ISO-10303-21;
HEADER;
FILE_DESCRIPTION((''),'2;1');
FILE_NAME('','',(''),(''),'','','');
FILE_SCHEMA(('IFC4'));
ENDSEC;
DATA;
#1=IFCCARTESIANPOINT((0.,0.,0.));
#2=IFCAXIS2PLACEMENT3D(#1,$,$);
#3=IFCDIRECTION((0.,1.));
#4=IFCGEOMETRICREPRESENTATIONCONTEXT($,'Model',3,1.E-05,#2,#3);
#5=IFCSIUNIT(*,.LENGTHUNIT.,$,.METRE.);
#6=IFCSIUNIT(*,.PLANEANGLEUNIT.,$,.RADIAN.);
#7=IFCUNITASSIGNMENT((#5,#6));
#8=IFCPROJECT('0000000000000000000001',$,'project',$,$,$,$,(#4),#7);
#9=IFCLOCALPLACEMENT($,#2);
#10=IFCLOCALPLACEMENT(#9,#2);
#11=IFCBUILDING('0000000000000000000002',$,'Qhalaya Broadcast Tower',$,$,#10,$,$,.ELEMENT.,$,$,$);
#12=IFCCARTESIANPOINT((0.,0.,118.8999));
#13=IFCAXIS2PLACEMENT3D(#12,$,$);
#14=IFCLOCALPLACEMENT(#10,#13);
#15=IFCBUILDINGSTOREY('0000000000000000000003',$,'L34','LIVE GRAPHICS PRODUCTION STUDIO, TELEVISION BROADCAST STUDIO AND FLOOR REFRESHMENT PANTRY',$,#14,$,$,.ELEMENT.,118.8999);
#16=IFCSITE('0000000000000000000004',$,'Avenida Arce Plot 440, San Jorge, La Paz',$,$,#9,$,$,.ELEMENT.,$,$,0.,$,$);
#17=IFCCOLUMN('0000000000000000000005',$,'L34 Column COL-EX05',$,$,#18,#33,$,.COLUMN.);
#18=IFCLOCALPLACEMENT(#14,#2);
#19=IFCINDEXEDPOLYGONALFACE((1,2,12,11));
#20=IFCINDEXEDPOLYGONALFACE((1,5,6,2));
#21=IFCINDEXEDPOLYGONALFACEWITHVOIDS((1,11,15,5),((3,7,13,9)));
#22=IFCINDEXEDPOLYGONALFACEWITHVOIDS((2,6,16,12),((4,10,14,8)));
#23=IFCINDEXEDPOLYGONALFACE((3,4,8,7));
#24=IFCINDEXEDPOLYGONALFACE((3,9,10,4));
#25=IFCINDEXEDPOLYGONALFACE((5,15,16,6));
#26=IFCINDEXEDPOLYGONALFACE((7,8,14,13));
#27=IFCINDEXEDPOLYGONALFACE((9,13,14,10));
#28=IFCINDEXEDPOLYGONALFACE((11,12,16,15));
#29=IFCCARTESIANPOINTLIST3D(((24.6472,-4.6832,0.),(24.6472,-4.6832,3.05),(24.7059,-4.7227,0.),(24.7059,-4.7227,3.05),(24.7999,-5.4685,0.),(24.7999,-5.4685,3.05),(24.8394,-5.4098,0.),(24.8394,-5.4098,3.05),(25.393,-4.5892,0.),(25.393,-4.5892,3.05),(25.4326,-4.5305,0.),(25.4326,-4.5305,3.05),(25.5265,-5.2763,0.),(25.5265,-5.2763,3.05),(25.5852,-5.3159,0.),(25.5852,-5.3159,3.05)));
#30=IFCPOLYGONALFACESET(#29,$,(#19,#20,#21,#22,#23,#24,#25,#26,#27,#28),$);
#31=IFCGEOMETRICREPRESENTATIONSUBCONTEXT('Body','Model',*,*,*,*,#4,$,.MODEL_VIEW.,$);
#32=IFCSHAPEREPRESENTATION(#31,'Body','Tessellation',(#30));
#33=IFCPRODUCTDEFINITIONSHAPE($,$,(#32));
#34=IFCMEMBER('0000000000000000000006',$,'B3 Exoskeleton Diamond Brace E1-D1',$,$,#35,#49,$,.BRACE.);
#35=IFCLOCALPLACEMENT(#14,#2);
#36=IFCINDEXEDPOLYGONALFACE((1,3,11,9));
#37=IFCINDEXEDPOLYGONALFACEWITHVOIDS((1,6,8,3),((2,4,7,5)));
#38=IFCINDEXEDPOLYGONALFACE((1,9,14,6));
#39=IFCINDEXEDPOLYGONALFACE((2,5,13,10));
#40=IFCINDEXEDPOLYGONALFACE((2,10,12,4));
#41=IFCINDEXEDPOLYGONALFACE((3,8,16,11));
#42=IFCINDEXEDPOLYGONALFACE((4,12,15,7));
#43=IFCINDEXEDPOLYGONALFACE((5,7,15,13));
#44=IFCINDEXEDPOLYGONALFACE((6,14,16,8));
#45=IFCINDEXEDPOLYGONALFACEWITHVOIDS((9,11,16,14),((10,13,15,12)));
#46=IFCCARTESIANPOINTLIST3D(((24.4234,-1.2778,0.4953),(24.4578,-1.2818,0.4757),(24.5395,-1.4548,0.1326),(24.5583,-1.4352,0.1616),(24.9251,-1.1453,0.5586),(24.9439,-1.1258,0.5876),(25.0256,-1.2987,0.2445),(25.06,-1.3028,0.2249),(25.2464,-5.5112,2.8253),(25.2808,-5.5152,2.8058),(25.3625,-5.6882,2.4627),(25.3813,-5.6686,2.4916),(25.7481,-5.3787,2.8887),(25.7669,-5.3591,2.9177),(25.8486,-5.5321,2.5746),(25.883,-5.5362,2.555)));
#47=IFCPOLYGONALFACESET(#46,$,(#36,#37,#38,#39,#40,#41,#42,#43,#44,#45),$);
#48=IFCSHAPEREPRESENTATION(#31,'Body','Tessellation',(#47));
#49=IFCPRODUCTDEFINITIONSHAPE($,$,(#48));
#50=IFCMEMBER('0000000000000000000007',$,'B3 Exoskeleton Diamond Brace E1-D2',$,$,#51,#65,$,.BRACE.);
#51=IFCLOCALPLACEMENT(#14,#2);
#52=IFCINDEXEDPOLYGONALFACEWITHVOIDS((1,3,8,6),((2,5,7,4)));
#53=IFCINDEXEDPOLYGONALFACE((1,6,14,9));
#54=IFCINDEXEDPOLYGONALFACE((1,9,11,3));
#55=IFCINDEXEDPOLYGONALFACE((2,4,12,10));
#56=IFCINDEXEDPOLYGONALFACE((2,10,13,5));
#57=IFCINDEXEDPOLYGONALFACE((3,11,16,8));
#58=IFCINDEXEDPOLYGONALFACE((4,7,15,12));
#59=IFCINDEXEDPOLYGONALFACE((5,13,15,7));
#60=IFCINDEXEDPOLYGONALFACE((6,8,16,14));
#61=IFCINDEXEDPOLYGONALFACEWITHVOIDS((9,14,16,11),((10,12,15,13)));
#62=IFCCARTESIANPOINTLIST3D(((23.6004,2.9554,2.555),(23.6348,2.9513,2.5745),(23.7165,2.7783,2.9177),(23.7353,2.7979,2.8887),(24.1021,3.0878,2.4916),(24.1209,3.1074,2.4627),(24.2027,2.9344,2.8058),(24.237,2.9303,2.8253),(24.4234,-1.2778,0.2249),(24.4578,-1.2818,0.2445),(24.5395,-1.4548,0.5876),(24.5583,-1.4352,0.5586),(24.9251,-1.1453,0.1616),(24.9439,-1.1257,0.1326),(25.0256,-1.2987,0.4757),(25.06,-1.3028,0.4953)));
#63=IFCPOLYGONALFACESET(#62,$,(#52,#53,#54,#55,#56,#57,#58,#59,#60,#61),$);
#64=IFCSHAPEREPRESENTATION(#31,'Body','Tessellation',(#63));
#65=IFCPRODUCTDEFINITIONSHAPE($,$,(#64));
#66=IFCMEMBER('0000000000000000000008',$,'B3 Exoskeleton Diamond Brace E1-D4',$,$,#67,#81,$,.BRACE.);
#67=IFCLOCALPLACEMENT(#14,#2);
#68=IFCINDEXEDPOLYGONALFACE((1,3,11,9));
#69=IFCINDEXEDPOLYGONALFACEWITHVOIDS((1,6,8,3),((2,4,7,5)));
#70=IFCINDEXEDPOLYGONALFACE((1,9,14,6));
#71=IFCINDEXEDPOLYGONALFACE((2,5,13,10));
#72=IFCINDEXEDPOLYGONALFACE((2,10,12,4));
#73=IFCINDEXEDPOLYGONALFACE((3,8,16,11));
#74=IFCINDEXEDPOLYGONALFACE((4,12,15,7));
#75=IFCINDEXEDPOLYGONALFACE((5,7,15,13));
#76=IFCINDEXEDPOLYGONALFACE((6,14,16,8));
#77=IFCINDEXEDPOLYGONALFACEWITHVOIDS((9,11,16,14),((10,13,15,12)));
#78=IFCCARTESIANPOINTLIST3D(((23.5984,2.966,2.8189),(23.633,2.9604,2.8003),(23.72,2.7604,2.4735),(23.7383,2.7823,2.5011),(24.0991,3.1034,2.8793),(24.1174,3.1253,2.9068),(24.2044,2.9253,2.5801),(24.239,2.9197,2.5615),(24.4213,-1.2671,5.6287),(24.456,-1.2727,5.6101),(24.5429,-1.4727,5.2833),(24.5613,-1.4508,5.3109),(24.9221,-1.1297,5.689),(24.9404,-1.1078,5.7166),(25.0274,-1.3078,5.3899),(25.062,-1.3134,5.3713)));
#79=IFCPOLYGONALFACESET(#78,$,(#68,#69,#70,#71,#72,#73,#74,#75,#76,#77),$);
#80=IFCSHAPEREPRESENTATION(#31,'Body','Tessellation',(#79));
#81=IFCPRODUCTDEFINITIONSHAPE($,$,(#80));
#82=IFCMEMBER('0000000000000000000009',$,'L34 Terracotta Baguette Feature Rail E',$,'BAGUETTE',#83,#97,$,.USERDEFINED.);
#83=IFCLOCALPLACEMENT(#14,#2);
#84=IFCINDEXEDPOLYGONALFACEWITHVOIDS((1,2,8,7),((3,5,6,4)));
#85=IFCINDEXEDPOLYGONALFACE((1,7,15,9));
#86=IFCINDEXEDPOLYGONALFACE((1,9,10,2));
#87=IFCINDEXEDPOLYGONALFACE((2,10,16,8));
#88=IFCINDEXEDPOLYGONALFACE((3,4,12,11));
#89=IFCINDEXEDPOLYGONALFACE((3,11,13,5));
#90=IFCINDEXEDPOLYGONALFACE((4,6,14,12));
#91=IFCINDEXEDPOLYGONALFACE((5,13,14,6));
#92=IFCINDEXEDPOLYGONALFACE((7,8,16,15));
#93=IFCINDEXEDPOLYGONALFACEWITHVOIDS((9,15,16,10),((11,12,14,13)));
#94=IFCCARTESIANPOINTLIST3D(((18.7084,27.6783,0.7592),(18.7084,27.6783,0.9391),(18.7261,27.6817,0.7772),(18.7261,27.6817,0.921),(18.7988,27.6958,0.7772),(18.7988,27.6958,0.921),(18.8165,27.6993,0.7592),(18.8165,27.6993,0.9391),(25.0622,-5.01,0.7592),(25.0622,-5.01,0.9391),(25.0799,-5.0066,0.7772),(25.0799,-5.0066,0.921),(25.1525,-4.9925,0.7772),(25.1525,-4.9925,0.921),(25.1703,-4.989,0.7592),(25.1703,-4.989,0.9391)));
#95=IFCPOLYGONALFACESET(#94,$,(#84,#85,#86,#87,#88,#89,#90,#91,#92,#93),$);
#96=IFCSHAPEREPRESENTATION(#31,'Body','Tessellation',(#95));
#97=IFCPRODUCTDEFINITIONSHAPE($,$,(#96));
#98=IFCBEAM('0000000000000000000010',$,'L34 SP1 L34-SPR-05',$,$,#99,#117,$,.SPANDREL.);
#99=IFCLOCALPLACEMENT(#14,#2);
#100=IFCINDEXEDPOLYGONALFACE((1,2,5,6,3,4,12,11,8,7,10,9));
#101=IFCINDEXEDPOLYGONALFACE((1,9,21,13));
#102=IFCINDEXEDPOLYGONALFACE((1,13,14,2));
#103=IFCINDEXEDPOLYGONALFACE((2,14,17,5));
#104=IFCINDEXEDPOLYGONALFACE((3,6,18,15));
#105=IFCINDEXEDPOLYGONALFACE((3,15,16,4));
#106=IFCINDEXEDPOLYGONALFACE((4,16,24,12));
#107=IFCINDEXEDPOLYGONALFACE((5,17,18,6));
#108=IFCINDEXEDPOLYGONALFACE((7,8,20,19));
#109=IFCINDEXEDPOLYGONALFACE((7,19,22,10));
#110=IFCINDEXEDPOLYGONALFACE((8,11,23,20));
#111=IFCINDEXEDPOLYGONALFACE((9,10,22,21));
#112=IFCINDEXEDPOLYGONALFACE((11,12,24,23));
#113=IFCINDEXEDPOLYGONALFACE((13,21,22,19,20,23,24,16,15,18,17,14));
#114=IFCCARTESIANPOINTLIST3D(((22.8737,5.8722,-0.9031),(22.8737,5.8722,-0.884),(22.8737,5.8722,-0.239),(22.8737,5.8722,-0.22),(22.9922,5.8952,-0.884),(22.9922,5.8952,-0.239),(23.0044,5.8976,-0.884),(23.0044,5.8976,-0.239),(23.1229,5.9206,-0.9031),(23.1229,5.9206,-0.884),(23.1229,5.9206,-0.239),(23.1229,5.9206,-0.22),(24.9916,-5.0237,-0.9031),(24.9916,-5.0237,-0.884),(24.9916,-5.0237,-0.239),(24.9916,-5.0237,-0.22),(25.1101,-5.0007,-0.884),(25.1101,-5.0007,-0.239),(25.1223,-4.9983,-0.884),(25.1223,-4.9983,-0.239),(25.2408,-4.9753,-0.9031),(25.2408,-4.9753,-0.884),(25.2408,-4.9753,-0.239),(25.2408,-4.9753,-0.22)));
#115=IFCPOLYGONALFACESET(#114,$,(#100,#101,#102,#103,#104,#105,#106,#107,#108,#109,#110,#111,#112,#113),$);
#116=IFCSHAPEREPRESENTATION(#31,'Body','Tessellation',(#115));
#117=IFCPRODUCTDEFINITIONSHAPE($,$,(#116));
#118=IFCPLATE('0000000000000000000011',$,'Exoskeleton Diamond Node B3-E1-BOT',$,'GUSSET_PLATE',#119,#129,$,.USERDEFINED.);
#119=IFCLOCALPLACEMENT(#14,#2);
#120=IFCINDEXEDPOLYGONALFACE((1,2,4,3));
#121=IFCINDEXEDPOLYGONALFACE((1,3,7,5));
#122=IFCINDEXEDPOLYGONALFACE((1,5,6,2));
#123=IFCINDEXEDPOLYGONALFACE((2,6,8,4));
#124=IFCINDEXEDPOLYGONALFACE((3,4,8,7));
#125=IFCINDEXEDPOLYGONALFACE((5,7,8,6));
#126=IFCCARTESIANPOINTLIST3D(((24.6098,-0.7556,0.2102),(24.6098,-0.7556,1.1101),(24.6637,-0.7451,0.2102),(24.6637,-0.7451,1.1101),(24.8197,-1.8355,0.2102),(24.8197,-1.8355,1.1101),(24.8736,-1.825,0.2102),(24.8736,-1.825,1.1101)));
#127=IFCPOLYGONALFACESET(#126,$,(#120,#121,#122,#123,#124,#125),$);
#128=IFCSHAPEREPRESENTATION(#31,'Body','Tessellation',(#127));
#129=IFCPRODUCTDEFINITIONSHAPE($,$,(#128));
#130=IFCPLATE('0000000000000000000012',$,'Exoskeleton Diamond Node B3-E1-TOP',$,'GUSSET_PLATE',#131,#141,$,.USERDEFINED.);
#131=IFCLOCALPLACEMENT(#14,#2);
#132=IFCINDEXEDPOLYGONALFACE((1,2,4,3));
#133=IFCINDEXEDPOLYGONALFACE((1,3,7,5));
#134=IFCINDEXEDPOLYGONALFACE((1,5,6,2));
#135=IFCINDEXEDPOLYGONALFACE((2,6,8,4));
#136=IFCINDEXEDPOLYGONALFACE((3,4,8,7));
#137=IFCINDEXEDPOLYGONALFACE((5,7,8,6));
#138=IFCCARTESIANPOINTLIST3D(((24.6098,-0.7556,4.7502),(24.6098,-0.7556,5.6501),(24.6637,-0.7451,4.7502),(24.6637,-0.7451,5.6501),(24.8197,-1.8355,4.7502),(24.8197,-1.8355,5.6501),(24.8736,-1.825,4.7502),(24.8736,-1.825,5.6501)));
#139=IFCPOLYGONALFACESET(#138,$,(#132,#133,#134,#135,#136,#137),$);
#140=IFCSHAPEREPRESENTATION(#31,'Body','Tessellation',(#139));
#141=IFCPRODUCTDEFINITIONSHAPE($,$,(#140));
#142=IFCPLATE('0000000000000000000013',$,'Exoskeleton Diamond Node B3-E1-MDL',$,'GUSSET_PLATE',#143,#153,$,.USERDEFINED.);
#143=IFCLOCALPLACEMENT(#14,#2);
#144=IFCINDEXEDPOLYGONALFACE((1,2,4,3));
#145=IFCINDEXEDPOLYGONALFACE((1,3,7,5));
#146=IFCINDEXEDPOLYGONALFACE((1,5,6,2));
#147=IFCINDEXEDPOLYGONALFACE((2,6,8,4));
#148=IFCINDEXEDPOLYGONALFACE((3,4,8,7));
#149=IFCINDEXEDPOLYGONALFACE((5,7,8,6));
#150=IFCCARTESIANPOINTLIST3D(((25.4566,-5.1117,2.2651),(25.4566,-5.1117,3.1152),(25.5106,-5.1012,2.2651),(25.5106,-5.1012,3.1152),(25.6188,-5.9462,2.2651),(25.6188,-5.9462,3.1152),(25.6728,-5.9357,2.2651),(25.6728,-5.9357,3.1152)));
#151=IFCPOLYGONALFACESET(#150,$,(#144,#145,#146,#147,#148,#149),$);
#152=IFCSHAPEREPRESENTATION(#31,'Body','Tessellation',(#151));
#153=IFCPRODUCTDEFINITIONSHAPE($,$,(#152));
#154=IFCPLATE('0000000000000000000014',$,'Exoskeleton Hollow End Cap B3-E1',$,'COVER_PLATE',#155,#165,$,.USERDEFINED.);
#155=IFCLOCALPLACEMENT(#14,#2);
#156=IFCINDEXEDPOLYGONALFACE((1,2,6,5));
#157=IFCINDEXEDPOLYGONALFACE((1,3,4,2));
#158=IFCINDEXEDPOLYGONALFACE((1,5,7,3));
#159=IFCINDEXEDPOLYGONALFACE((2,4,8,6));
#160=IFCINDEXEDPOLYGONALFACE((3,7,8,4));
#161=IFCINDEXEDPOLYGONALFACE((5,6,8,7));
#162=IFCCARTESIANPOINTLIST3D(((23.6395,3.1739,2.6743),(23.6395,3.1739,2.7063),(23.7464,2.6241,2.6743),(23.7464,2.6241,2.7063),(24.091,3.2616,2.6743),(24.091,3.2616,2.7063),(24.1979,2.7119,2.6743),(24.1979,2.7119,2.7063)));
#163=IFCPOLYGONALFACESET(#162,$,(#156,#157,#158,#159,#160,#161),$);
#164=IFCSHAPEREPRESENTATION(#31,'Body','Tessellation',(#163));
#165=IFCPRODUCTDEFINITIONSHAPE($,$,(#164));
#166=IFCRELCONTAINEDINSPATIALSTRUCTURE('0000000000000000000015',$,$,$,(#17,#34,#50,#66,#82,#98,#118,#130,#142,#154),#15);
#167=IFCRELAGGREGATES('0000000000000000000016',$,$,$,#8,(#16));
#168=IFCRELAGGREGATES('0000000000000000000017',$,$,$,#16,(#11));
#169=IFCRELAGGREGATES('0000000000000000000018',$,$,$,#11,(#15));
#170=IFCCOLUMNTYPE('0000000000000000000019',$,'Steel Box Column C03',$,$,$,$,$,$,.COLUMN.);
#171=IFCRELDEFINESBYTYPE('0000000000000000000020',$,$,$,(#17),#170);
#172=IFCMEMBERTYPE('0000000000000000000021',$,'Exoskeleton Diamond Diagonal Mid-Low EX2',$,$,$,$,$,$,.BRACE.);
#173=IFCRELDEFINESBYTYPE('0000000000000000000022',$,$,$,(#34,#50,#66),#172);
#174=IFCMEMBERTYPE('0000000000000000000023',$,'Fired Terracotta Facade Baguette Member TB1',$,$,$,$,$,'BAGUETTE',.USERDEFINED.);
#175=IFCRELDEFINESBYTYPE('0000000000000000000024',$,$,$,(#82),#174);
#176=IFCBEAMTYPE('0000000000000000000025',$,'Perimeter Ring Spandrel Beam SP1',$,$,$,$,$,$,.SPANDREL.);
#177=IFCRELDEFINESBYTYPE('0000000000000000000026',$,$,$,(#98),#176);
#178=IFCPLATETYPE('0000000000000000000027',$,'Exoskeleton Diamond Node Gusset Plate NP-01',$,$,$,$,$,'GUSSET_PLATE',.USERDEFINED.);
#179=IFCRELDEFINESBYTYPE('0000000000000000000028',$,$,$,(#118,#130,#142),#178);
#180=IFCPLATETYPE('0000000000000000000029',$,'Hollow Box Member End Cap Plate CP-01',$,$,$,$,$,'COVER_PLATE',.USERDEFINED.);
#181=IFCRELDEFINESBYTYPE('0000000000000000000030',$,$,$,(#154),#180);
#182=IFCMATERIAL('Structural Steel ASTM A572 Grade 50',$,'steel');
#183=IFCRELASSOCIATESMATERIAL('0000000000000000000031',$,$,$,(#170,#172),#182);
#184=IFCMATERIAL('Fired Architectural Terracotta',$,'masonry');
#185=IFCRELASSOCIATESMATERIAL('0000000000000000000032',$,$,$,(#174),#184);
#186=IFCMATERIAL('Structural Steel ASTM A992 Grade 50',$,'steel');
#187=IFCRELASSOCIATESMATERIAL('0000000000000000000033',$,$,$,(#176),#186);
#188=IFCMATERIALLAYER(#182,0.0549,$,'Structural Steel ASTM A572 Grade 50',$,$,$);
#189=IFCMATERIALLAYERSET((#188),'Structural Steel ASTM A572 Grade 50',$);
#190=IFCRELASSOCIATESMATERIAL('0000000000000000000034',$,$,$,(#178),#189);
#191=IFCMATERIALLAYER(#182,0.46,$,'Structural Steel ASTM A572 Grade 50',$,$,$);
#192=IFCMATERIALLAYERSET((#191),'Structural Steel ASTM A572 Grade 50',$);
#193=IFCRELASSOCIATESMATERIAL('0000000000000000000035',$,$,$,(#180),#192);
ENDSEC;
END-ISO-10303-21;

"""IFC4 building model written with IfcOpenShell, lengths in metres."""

from ifc_helpers import new_model, si_unit, direction, frame, origin, origin_2d, place, context, subcontext, project, spatial, rectangle, hollow_rectangle, i_section, extrude, material, layer, layer_set, material_profile, profile_set, type_object, element, save


model = new_model("IFC4")

# Units and contexts
model_context = context("Model", 3, precision=1e-05, world=origin(), true_north=direction((0.0, 1.0)))
body_context = subcontext(model_context, "Body", "Model", "MODEL_VIEW")
ifc_project = project(units=[si_unit("LENGTHUNIT", "METRE"), si_unit("PLANEANGLEUNIT", "RADIAN")], contexts=[model_context])

# Site, building, storey
site_placement = place(None, origin())
site = spatial("IfcSite", under=ifc_project, at=site_placement, Name="Avenida Arce Plot 440, San Jorge, La Paz", CompositionType="ELEMENT", RefElevation=0.0)
building_placement = place(site_placement, origin())
building = spatial("IfcBuilding", under=site, at=building_placement, Name="Qhalaya Broadcast Tower", CompositionType="ELEMENT")
storey_placement = place(building_placement, frame((0.0, 0.0, 118.8999)))
storey = spatial("IfcBuildingStorey", under=building, at=storey_placement, Name="L34", Description="LIVE GRAPHICS PRODUCTION STUDIO, TELEVISION BROADCAST STUDIO AND FLOOR REFRESHMENT PANTRY", CompositionType="ELEMENT", Elevation=118.8999)

# Column
ifc_material_1 = material(Name="Structural Steel ASTM A572 Grade 50", Category="steel")
ifc_material_profile_1 = material_profile(ifc_material_1, hollow_rectangle(XDim=0.8, YDim=0.8, WallThickness=0.05, at=origin_2d()), Name="BOX 800x800x50")
ifc_profile_set_1 = profile_set([ifc_material_profile_1], Name="Structural Steel ASTM A572 Grade 50")
column_type = type_object("IfcColumnType", Name="Steel Box Column C03", PredefinedType="COLUMN", material=ifc_profile_set_1)
column_placement = place(storey_placement, frame((25.1162, -4.9995, 0.0), z_axis=(0.0, 0.0, 1.0), x_axis=(-0.190809, 0.981627, 0.0)))
element("IfcColumn", 1, at=column_placement, inside=storey, type_object=column_type, Name="L34 Column COL-EX05", PredefinedType="COLUMN", context=body_context, shape_type="SweptSolid", body=[
    extrude(hollow_rectangle(XDim=0.8, YDim=0.8, WallThickness=0.05, at=origin_2d()), origin(), (0.0, 0.0, 1.0), 3.05),
])

# Members
ifc_material_profile_2 = material_profile(ifc_material_1, hollow_rectangle(XDim=0.4199, YDim=0.55, WallThickness=0.0281, at=origin_2d()), Name="BOX 420x550x28")
ifc_profile_set_2 = profile_set([ifc_material_profile_2], Name="Structural Steel ASTM A572 Grade 50")
member_type_1 = type_object("IfcMemberType", Name="Exoskeleton Diamond Diagonal Mid-Low EX2", PredefinedType="BRACE", material=ifc_profile_set_2)
member_1_placement = place(storey_placement, frame((24.7417, -1.2903, 0.3601), z_axis=(0.167895, -0.863631, 0.475346), x_axis=(-0.276348, 0.421624, 0.863635)))
element("IfcMember", 2, at=member_1_placement, inside=storey, type_object=member_type_1, Name="B3 Exoskeleton Diamond Brace E1-D1", PredefinedType="BRACE", context=body_context, shape_type="SweptSolid", body=[
    extrude(hollow_rectangle(XDim=0.4199, YDim=0.55, WallThickness=0.0281, at=origin_2d()), origin(), (0.0, 0.0, 1.0), 4.9019),
])
member_2_placement = place(storey_placement, frame((24.7417, -1.2903, 0.3601), z_axis=(-0.167902, 0.863618, 0.475366), x_axis=(0.276356, -0.421641, 0.863624)))
element("IfcMember", 3, at=member_2_placement, inside=storey, type_object=member_type_1, Name="B3 Exoskeleton Diamond Brace E1-D2", PredefinedType="BRACE", context=body_context, shape_type="SweptSolid", body=[
    extrude(hollow_rectangle(XDim=0.4199, YDim=0.55, WallThickness=0.0281, at=origin_2d()), origin(), (0.0, 0.0, 1.0), 4.9016),
])
member_3_placement = place(storey_placement, frame((23.9187, 2.9429, 2.6902), z_axis=(0.159897, -0.822445, 0.545909), x_axis=(-0.289571, 0.489615, 0.822451)))
element("IfcMember", 4, at=member_3_placement, inside=storey, type_object=member_type_1, Name="B3 Exoskeleton Diamond Brace E1-D4", PredefinedType="BRACE", context=body_context, shape_type="SweptSolid", body=[
    extrude(hollow_rectangle(XDim=0.4199, YDim=0.55, WallThickness=0.0281, at=origin_2d()), origin(), (0.0, 0.0, 1.0), 5.147),
])
ifc_material_2 = material(Name="Fired Architectural Terracotta", Category="masonry")
ifc_material_profile_3 = material_profile(ifc_material_2, hollow_rectangle(XDim=0.1101, YDim=0.1799, WallThickness=0.0181, at=origin_2d()), Name="TB-BAG 110x180x18")
ifc_profile_set_3 = profile_set([ifc_material_profile_3], Name="Fired Architectural Terracotta")
member_type_2 = type_object("IfcMemberType", Name="Fired Terracotta Facade Baguette Member TB1", ElementType="BAGUETTE", PredefinedType="USERDEFINED", material=ifc_profile_set_3)
member_4_placement = place(storey_placement, frame((25.1162, -4.9995, 0.8491), z_axis=(-0.190804, 0.981628, 0.0), x_axis=(-0.981628, -0.190804, 0.0)))
element("IfcMember", 5, at=member_4_placement, inside=storey, type_object=member_type_2, Name="L34 Terracotta Baguette Feature Rail E", ObjectType="BAGUETTE", PredefinedType="USERDEFINED", context=body_context, shape_type="SweptSolid", body=[
    extrude(hollow_rectangle(XDim=0.1101, YDim=0.1799, WallThickness=0.0181, at=origin_2d()), origin(), (0.0, 0.0, 1.0), 33.3),
])

# Beam
ifc_material_3 = material(Name="Structural Steel ASTM A992 Grade 50", Category="steel")
ifc_material_profile_4 = material_profile(ifc_material_3, i_section(OverallWidth=0.2539, OverallDepth=0.6831, WebThickness=0.0125, FlangeThickness=0.019, at=origin_2d()), Name="W27X94")
ifc_profile_set_4 = profile_set([ifc_material_profile_4], Name="Structural Steel ASTM A992 Grade 50")
beam_type = type_object("IfcBeamType", Name="Perimeter Ring Spandrel Beam SP1", PredefinedType="SPANDREL", material=ifc_profile_set_4)
beam_placement = place(storey_placement, frame((25.1162, -4.9995, -0.5615), z_axis=(-0.190805, 0.981628, 0.0), x_axis=(-0.981628, -0.190805, 0.0)))
element("IfcBeam", 6, at=beam_placement, inside=storey, type_object=beam_type, Name="L34 SP1 L34-SPR-05", PredefinedType="SPANDREL", context=body_context, shape_type="SweptSolid", body=[
    extrude(i_section(OverallWidth=0.2539, OverallDepth=0.6831, WebThickness=0.0125, FlangeThickness=0.019, at=origin_2d()), origin(), (0.0, 0.0, 1.0), 11.0999),
])

# Plates
ifc_layer_1 = layer(ifc_material_1, 0.0549, Name="Structural Steel ASTM A572 Grade 50")
ifc_layer_set_1 = layer_set([ifc_layer_1], Name="Structural Steel ASTM A572 Grade 50")
plate_type_1 = type_object("IfcPlateType", Name="Exoskeleton Diamond Node Gusset Plate NP-01", ElementType="GUSSET_PLATE", PredefinedType="USERDEFINED", material=ifc_layer_set_1)
for number, where, z_axis, x_axis, name in (
    (7, (24.7417, -1.2903, 0.2102), (0.0, 0.0, 1.0), (-0.190809, 0.981627, 0.0), "Exoskeleton Diamond Node B3-E1-BOT"),
    (8, (24.7417, -1.2903, 4.7502), (0.0, 0.0, 1.0), (-0.190809, 0.981627, 0.0), "Exoskeleton Diamond Node B3-E1-TOP"),
):
    element("IfcPlate", number, at=place(storey_placement, frame(where, z_axis=z_axis, x_axis=x_axis)), inside=storey, type_object=plate_type_1, Name=name, ObjectType="GUSSET_PLATE", PredefinedType="USERDEFINED", context=body_context, shape_type="SweptSolid", body=[
        extrude(rectangle(XDim=1.1001, YDim=0.0549, at=origin_2d()), origin(), (0.0, 0.0, 1.0), 0.8999),
    ])
plate_1_placement = place(storey_placement, frame((25.5647, -5.5237, 2.2651), z_axis=(0.0, 0.0, 1.0), x_axis=(-0.190809, 0.981627, 0.0)))
element("IfcPlate", 9, at=plate_1_placement, inside=storey, type_object=plate_type_1, Name="Exoskeleton Diamond Node B3-E1-MDL", ObjectType="GUSSET_PLATE", PredefinedType="USERDEFINED", context=body_context, shape_type="SweptSolid", body=[
    extrude(rectangle(XDim=0.8501, YDim=0.0549, at=origin_2d()), origin(), (0.0, 0.0, 1.0), 0.8501),
])
ifc_layer_2 = layer(ifc_material_1, 0.46, Name="Structural Steel ASTM A572 Grade 50")
ifc_layer_set_2 = layer_set([ifc_layer_2], Name="Structural Steel ASTM A572 Grade 50")
plate_type_2 = type_object("IfcPlateType", Name="Hollow Box Member End Cap Plate CP-01", ElementType="COVER_PLATE", PredefinedType="USERDEFINED", material=ifc_layer_set_2)
plate_2_placement = place(storey_placement, frame((23.9187, 2.9429, 2.6743), z_axis=(0.0, 0.0, 1.0), x_axis=(-0.190809, 0.981627, 0.0)))
element("IfcPlate", 10, at=plate_2_placement, inside=storey, type_object=plate_type_2, Name="Exoskeleton Hollow End Cap B3-E1", ObjectType="COVER_PLATE", PredefinedType="USERDEFINED", context=body_context, shape_type="SweptSolid", body=[
    extrude(rectangle(XDim=0.5601, YDim=0.46, at=origin_2d()), origin(), (0.0, 0.0, 1.0), 0.032),
])

save(model, "model.ifc")
